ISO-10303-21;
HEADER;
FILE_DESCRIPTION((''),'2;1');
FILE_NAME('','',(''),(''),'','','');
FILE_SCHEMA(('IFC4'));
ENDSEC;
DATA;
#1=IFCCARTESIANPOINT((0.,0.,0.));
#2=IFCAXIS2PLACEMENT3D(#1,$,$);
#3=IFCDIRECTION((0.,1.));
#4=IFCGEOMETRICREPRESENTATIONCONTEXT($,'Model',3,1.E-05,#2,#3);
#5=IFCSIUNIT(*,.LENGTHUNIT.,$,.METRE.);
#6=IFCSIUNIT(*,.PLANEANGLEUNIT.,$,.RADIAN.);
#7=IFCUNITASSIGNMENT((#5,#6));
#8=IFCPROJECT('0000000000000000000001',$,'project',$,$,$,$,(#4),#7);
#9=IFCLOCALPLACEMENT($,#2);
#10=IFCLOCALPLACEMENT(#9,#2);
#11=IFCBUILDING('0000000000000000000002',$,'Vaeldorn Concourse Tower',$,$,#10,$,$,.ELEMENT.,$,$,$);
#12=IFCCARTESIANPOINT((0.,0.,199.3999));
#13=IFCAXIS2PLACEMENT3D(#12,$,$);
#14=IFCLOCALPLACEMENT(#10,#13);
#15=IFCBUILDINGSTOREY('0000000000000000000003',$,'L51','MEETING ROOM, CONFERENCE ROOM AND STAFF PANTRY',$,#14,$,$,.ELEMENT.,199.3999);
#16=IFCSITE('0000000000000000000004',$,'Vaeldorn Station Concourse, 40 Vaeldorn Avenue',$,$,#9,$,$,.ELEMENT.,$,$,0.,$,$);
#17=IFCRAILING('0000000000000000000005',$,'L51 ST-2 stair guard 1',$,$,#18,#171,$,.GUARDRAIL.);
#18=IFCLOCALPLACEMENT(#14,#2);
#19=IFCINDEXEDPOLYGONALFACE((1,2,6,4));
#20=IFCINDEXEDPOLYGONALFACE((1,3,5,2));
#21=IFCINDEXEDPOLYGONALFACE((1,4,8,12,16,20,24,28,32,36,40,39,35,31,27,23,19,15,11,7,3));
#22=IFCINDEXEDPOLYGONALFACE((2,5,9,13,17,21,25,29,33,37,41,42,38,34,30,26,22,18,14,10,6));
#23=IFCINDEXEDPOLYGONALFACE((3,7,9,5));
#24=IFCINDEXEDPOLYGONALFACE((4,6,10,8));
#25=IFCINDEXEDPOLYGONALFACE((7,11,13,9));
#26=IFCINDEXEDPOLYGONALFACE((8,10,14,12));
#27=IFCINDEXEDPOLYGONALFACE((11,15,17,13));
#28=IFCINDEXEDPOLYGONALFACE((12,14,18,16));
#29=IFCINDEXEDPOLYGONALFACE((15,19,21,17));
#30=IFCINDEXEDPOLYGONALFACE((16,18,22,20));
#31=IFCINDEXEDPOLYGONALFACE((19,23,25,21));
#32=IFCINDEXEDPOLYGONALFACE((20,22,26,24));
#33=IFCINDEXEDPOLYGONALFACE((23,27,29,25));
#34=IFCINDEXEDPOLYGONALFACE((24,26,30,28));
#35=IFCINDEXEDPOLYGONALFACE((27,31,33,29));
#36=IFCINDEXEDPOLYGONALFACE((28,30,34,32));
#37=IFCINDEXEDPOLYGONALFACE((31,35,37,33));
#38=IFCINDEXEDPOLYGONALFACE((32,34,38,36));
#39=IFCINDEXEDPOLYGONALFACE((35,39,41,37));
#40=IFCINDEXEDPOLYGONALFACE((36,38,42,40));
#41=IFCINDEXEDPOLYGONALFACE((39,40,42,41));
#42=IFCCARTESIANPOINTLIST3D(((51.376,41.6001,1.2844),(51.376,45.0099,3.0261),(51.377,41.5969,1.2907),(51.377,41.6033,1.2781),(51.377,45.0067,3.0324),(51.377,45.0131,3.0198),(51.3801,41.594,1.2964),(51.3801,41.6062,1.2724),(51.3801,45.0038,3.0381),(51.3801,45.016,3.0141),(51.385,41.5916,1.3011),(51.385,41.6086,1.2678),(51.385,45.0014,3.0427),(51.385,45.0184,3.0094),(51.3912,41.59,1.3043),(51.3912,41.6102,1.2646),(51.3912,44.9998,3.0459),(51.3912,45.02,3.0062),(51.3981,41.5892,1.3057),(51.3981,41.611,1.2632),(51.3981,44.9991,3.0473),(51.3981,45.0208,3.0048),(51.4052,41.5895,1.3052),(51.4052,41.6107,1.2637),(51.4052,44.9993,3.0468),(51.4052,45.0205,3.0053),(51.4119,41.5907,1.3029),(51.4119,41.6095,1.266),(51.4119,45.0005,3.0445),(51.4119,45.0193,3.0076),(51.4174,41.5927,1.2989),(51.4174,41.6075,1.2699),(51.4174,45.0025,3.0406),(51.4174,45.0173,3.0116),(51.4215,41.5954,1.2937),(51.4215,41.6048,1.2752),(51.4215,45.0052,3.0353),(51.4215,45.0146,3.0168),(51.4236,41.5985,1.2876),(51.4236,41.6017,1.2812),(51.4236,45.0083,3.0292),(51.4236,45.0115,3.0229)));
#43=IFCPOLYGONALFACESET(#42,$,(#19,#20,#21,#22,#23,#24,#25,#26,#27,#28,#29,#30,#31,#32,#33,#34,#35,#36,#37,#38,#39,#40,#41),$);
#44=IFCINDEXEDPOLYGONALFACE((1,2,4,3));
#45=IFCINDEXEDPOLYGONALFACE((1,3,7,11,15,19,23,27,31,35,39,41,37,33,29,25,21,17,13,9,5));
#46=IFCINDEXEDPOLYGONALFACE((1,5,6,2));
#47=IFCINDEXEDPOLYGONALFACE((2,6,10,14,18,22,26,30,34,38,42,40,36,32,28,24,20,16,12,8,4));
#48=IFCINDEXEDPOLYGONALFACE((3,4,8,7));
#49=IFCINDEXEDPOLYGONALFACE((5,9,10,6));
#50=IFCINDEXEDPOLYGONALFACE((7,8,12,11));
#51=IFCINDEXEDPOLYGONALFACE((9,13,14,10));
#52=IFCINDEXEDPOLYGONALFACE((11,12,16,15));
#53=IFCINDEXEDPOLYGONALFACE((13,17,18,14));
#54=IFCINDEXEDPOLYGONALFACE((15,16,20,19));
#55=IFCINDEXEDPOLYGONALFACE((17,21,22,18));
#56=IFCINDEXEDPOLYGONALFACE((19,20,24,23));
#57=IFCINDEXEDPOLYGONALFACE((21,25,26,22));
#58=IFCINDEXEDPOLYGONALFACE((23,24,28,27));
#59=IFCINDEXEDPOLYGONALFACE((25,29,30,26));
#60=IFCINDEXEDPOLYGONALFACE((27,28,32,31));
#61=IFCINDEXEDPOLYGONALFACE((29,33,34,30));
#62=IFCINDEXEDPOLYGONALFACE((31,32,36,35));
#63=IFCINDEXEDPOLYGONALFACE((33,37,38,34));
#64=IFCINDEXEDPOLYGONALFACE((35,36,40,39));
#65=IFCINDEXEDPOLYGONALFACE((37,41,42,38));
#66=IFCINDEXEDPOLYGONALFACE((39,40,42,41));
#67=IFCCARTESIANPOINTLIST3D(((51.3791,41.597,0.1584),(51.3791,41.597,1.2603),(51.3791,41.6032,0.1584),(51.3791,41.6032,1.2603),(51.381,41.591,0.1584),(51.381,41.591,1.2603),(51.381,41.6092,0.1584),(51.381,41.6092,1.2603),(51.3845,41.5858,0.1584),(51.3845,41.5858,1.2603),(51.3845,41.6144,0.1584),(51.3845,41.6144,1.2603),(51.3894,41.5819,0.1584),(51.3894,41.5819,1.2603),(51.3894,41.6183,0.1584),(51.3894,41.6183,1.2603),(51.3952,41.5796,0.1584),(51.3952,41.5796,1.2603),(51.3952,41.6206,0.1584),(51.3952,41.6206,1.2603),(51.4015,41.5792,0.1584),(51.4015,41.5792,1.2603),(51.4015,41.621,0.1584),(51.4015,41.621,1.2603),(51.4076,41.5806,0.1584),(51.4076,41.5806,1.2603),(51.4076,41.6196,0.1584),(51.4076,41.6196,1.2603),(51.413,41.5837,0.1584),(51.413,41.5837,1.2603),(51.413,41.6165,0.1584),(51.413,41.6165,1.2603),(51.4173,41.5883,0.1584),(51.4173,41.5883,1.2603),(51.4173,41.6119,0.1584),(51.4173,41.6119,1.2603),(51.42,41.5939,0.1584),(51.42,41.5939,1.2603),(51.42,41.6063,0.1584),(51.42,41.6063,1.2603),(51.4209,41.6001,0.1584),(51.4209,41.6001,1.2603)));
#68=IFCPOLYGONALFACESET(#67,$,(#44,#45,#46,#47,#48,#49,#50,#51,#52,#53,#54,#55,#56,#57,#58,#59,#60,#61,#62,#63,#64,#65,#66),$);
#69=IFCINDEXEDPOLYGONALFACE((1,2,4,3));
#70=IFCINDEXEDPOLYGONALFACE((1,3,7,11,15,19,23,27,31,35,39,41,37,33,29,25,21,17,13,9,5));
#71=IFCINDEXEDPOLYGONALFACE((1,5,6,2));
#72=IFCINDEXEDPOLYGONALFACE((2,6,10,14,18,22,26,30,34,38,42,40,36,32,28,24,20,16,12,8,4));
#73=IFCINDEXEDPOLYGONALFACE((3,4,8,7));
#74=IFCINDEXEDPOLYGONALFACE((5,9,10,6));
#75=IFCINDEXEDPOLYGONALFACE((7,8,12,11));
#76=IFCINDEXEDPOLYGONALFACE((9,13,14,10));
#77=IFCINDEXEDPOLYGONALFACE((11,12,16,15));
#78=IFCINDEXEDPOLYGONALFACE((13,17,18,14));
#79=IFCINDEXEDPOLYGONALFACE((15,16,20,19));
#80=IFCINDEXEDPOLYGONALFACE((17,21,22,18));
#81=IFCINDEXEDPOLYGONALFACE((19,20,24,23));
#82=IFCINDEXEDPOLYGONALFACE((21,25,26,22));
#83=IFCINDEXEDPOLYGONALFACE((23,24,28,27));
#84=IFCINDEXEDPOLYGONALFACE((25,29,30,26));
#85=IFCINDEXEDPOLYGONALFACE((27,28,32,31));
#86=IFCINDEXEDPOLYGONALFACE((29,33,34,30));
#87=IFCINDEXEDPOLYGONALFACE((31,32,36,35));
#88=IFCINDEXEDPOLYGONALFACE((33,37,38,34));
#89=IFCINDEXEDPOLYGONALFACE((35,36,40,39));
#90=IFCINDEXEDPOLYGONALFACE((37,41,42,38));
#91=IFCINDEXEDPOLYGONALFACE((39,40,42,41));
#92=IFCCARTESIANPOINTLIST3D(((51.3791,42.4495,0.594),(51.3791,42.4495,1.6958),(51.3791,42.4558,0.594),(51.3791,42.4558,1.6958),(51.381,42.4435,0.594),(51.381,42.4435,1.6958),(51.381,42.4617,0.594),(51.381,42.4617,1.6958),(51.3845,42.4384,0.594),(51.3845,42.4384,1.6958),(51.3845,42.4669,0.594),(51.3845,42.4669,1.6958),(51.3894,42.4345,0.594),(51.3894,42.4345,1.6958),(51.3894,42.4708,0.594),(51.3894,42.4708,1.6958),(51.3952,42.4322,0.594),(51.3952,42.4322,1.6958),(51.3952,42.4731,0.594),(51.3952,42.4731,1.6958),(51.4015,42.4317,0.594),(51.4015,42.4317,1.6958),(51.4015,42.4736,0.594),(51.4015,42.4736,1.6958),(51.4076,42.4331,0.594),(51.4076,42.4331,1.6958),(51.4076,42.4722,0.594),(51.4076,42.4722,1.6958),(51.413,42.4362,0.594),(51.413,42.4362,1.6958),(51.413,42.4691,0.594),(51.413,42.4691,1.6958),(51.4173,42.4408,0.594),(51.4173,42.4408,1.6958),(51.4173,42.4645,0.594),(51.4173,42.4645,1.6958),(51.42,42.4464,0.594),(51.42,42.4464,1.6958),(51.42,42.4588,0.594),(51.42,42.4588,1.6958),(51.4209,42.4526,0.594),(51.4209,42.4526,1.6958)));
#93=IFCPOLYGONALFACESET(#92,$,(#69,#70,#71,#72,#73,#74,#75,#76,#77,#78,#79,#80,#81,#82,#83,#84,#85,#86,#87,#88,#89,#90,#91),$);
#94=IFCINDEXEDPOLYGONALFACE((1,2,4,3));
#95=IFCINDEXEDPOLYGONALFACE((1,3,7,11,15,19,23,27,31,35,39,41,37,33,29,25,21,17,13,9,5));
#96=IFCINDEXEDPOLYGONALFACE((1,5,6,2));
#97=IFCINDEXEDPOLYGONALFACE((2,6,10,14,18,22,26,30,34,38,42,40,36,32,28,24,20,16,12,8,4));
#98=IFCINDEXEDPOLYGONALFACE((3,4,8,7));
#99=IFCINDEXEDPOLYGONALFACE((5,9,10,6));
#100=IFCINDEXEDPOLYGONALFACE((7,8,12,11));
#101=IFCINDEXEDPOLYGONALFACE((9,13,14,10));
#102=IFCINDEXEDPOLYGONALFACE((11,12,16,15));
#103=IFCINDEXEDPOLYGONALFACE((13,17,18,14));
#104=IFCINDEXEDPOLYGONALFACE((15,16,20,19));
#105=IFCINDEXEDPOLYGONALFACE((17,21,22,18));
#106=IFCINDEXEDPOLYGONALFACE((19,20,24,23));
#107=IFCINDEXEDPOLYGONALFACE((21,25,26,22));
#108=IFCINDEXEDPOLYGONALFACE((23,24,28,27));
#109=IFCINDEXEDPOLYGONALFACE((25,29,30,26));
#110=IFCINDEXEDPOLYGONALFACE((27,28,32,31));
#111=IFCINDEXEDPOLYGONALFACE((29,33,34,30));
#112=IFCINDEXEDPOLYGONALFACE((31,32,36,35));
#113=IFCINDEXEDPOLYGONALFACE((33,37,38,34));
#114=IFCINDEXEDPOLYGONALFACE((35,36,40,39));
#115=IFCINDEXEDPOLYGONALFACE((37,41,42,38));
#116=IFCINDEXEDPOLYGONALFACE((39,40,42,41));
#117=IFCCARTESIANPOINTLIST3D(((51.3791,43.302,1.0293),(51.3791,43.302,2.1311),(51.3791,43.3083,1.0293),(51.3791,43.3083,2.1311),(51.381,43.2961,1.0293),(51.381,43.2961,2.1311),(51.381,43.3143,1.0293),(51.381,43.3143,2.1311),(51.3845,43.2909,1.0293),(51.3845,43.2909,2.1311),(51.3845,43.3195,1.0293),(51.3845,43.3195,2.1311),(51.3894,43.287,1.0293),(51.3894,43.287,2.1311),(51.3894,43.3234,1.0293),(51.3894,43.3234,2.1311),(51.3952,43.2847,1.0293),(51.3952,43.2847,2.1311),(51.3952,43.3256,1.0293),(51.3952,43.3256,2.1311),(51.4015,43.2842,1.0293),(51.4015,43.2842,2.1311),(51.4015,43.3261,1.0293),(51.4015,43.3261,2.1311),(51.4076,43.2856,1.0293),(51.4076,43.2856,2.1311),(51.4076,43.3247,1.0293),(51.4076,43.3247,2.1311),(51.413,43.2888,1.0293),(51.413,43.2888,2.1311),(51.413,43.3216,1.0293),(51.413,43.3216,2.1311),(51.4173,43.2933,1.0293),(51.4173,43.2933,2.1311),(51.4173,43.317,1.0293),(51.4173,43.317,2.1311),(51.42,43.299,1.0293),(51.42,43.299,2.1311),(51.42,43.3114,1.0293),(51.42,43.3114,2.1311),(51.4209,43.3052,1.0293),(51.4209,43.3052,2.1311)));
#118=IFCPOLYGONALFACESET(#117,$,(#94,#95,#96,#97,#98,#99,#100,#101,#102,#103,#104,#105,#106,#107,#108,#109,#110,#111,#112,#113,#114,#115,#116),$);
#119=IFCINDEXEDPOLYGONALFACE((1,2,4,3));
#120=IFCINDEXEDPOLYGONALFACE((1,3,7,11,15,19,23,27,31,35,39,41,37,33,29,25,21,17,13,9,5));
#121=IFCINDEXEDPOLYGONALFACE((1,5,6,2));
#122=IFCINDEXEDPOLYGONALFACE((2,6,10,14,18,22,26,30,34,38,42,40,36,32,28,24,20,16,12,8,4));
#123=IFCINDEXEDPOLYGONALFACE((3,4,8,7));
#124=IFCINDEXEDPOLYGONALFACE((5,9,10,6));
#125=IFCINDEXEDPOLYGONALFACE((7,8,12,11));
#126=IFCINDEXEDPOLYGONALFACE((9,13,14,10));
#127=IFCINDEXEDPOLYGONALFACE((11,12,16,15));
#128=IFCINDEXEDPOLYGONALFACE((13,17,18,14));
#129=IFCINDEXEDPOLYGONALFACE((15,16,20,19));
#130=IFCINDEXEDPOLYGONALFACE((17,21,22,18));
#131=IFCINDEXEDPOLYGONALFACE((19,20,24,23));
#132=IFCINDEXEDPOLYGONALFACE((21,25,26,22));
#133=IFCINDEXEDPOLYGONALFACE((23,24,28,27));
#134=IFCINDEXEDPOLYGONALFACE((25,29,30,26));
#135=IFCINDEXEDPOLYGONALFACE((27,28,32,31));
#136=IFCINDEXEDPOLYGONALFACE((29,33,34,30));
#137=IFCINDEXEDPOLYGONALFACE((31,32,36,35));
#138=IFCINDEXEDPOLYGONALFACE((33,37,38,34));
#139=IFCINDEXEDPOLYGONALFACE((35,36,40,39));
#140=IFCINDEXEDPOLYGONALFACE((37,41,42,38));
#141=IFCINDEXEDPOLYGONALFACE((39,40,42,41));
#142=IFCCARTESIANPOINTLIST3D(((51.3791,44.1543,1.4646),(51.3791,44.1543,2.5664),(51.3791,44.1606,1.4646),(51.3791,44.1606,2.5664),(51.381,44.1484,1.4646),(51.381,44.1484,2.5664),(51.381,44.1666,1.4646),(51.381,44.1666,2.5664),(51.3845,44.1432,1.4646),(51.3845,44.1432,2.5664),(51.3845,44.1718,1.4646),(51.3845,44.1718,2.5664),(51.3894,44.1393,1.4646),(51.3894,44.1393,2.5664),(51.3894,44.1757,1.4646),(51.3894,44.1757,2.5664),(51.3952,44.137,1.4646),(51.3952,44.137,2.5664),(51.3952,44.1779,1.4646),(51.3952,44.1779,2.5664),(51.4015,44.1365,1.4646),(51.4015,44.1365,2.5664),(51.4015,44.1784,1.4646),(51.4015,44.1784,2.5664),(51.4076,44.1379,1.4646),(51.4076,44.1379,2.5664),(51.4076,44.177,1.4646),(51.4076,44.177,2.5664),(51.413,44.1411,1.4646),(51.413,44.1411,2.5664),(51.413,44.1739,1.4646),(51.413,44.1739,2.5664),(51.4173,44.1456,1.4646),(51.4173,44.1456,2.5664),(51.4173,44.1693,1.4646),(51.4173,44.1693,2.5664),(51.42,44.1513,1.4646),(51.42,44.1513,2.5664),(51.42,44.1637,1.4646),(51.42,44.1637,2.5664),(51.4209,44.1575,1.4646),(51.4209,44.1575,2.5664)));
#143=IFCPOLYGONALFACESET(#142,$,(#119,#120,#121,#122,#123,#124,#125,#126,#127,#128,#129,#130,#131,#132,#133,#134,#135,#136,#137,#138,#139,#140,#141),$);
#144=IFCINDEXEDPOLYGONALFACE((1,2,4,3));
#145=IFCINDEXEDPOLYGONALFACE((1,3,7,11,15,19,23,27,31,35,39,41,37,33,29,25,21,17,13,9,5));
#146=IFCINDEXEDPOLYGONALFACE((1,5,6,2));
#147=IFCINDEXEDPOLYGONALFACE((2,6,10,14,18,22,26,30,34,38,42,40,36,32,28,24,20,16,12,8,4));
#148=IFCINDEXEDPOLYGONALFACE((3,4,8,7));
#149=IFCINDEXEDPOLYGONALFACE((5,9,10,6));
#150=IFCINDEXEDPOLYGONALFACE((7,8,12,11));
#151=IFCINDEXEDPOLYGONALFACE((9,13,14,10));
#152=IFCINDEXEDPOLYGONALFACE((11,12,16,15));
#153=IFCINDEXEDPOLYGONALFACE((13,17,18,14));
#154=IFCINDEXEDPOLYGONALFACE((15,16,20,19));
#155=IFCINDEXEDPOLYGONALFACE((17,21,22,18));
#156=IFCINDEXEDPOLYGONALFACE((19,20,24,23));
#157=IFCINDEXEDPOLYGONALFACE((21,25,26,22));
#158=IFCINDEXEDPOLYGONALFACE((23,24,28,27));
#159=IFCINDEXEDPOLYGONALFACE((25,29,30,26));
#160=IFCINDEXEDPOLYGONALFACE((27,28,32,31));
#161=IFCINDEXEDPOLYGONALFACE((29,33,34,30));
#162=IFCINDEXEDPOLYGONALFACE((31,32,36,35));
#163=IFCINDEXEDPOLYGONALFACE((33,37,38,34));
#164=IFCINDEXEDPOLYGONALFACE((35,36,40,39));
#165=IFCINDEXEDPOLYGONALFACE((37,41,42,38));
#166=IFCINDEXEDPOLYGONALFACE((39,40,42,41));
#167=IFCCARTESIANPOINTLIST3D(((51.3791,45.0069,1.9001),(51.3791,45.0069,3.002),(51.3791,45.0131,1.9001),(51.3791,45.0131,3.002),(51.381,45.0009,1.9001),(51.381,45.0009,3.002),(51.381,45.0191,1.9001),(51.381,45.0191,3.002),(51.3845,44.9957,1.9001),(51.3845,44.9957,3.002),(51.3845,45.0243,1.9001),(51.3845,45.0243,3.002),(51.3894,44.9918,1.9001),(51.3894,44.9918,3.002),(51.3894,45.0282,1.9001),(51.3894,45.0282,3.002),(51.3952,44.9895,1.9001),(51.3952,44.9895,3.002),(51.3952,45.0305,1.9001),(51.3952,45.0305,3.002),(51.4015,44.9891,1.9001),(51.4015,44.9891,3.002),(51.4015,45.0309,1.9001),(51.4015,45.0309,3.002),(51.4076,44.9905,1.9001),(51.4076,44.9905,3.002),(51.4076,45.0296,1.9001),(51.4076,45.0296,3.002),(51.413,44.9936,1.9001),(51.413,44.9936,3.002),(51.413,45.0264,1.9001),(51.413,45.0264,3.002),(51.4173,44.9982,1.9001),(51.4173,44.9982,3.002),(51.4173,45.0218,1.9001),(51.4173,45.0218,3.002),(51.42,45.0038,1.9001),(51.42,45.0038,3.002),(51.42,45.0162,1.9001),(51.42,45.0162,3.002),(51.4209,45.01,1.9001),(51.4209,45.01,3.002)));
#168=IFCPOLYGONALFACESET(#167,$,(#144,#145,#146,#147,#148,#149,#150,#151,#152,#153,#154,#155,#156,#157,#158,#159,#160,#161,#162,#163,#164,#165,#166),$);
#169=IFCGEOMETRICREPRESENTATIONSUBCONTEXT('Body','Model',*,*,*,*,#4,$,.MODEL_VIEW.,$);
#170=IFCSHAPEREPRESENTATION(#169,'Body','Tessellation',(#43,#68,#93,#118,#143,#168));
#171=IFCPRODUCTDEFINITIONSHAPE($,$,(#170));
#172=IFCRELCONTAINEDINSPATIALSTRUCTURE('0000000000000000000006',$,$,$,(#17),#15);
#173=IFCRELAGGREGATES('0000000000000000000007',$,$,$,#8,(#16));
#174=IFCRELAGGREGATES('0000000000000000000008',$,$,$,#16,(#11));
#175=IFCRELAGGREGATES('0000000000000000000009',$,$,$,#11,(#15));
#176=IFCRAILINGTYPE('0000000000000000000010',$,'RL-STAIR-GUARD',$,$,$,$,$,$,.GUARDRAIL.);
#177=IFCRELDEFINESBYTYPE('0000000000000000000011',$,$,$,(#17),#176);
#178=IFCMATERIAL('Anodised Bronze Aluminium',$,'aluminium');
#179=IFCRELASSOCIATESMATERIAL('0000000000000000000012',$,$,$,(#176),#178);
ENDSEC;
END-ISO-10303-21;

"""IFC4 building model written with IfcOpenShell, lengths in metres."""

from ifc_helpers import new_model, si_unit, direction, frame, origin, origin_2d, place, context, subcontext, project, spatial, circle, extrude, material, type_object, element, save


model = new_model("IFC4")

# Units and contexts
model_context = context("Model", 3, precision=1e-05, world=origin(), true_north=direction((0.0, 1.0)))
body_context = subcontext(model_context, "Body", "Model", "MODEL_VIEW")
ifc_project = project(units=[si_unit("LENGTHUNIT", "METRE"), si_unit("PLANEANGLEUNIT", "RADIAN")], contexts=[model_context])

# Site, building, storey
site_placement = place(None, origin())
site = spatial("IfcSite", under=ifc_project, at=site_placement, Name="Vaeldorn Station Concourse, 40 Vaeldorn Avenue", CompositionType="ELEMENT", RefElevation=0.0)
building_placement = place(site_placement, origin())
building = spatial("IfcBuilding", under=site, at=building_placement, Name="Vaeldorn Concourse Tower", CompositionType="ELEMENT")
storey_placement = place(building_placement, frame((0.0, 0.0, 199.3999)))
storey = spatial("IfcBuildingStorey", under=building, at=storey_placement, Name="L51", Description="MEETING ROOM, CONFERENCE ROOM AND STAFF PANTRY", CompositionType="ELEMENT", Elevation=199.3999)

# Shared definitions
ifc_material_1 = material(Name="Anodised Bronze Aluminium", Category="aluminium")

# Railing
railing_type_1 = type_object("IfcRailingType", Name="RL-STAIR-GUARD", PredefinedType="GUARDRAIL", material=ifc_material_1)
railing_1_placement = place(storey_placement, frame((51.3999, 41.6001, 0.1584)))
element("IfcRailing", 1, at=railing_1_placement, inside=storey, type_object=railing_type_1, Name="L51 ST-2 stair guard 1", PredefinedType="GUARDRAIL", context=body_context, shape_type="SweptSolid", body=[
    extrude(circle(Radius=0.0239, at=origin_2d()), frame((0.0, 0.0, 1.126), z_axis=(0.0, 0.890556, 0.454874), x_axis=(-1.0, 0.0, 0.0)), (0.0, 0.0, 1.0), 3.8289),
    extrude(circle(Radius=0.021, at=origin_2d()), origin(), (0.0, 0.0, 1.0), 1.1018),
    extrude(circle(Radius=0.021, at=origin_2d()), frame((0.0, 0.8525, 0.4355)), (0.0, 0.0, 1.0), 1.1018),
    extrude(circle(Radius=0.021, at=origin_2d()), frame((0.0, 1.7051, 0.8708)), (0.0, 0.0, 1.0), 1.1018),
    extrude(circle(Radius=0.021, at=origin_2d()), frame((0.0, 2.5574, 1.3062)), (0.0, 0.0, 1.0), 1.1018),
    extrude(circle(Radius=0.021, at=origin_2d()), frame((0.0, 3.4099, 1.7417)), (0.0, 0.0, 1.0), 1.1018),
])

save(model, "model.ifc")
